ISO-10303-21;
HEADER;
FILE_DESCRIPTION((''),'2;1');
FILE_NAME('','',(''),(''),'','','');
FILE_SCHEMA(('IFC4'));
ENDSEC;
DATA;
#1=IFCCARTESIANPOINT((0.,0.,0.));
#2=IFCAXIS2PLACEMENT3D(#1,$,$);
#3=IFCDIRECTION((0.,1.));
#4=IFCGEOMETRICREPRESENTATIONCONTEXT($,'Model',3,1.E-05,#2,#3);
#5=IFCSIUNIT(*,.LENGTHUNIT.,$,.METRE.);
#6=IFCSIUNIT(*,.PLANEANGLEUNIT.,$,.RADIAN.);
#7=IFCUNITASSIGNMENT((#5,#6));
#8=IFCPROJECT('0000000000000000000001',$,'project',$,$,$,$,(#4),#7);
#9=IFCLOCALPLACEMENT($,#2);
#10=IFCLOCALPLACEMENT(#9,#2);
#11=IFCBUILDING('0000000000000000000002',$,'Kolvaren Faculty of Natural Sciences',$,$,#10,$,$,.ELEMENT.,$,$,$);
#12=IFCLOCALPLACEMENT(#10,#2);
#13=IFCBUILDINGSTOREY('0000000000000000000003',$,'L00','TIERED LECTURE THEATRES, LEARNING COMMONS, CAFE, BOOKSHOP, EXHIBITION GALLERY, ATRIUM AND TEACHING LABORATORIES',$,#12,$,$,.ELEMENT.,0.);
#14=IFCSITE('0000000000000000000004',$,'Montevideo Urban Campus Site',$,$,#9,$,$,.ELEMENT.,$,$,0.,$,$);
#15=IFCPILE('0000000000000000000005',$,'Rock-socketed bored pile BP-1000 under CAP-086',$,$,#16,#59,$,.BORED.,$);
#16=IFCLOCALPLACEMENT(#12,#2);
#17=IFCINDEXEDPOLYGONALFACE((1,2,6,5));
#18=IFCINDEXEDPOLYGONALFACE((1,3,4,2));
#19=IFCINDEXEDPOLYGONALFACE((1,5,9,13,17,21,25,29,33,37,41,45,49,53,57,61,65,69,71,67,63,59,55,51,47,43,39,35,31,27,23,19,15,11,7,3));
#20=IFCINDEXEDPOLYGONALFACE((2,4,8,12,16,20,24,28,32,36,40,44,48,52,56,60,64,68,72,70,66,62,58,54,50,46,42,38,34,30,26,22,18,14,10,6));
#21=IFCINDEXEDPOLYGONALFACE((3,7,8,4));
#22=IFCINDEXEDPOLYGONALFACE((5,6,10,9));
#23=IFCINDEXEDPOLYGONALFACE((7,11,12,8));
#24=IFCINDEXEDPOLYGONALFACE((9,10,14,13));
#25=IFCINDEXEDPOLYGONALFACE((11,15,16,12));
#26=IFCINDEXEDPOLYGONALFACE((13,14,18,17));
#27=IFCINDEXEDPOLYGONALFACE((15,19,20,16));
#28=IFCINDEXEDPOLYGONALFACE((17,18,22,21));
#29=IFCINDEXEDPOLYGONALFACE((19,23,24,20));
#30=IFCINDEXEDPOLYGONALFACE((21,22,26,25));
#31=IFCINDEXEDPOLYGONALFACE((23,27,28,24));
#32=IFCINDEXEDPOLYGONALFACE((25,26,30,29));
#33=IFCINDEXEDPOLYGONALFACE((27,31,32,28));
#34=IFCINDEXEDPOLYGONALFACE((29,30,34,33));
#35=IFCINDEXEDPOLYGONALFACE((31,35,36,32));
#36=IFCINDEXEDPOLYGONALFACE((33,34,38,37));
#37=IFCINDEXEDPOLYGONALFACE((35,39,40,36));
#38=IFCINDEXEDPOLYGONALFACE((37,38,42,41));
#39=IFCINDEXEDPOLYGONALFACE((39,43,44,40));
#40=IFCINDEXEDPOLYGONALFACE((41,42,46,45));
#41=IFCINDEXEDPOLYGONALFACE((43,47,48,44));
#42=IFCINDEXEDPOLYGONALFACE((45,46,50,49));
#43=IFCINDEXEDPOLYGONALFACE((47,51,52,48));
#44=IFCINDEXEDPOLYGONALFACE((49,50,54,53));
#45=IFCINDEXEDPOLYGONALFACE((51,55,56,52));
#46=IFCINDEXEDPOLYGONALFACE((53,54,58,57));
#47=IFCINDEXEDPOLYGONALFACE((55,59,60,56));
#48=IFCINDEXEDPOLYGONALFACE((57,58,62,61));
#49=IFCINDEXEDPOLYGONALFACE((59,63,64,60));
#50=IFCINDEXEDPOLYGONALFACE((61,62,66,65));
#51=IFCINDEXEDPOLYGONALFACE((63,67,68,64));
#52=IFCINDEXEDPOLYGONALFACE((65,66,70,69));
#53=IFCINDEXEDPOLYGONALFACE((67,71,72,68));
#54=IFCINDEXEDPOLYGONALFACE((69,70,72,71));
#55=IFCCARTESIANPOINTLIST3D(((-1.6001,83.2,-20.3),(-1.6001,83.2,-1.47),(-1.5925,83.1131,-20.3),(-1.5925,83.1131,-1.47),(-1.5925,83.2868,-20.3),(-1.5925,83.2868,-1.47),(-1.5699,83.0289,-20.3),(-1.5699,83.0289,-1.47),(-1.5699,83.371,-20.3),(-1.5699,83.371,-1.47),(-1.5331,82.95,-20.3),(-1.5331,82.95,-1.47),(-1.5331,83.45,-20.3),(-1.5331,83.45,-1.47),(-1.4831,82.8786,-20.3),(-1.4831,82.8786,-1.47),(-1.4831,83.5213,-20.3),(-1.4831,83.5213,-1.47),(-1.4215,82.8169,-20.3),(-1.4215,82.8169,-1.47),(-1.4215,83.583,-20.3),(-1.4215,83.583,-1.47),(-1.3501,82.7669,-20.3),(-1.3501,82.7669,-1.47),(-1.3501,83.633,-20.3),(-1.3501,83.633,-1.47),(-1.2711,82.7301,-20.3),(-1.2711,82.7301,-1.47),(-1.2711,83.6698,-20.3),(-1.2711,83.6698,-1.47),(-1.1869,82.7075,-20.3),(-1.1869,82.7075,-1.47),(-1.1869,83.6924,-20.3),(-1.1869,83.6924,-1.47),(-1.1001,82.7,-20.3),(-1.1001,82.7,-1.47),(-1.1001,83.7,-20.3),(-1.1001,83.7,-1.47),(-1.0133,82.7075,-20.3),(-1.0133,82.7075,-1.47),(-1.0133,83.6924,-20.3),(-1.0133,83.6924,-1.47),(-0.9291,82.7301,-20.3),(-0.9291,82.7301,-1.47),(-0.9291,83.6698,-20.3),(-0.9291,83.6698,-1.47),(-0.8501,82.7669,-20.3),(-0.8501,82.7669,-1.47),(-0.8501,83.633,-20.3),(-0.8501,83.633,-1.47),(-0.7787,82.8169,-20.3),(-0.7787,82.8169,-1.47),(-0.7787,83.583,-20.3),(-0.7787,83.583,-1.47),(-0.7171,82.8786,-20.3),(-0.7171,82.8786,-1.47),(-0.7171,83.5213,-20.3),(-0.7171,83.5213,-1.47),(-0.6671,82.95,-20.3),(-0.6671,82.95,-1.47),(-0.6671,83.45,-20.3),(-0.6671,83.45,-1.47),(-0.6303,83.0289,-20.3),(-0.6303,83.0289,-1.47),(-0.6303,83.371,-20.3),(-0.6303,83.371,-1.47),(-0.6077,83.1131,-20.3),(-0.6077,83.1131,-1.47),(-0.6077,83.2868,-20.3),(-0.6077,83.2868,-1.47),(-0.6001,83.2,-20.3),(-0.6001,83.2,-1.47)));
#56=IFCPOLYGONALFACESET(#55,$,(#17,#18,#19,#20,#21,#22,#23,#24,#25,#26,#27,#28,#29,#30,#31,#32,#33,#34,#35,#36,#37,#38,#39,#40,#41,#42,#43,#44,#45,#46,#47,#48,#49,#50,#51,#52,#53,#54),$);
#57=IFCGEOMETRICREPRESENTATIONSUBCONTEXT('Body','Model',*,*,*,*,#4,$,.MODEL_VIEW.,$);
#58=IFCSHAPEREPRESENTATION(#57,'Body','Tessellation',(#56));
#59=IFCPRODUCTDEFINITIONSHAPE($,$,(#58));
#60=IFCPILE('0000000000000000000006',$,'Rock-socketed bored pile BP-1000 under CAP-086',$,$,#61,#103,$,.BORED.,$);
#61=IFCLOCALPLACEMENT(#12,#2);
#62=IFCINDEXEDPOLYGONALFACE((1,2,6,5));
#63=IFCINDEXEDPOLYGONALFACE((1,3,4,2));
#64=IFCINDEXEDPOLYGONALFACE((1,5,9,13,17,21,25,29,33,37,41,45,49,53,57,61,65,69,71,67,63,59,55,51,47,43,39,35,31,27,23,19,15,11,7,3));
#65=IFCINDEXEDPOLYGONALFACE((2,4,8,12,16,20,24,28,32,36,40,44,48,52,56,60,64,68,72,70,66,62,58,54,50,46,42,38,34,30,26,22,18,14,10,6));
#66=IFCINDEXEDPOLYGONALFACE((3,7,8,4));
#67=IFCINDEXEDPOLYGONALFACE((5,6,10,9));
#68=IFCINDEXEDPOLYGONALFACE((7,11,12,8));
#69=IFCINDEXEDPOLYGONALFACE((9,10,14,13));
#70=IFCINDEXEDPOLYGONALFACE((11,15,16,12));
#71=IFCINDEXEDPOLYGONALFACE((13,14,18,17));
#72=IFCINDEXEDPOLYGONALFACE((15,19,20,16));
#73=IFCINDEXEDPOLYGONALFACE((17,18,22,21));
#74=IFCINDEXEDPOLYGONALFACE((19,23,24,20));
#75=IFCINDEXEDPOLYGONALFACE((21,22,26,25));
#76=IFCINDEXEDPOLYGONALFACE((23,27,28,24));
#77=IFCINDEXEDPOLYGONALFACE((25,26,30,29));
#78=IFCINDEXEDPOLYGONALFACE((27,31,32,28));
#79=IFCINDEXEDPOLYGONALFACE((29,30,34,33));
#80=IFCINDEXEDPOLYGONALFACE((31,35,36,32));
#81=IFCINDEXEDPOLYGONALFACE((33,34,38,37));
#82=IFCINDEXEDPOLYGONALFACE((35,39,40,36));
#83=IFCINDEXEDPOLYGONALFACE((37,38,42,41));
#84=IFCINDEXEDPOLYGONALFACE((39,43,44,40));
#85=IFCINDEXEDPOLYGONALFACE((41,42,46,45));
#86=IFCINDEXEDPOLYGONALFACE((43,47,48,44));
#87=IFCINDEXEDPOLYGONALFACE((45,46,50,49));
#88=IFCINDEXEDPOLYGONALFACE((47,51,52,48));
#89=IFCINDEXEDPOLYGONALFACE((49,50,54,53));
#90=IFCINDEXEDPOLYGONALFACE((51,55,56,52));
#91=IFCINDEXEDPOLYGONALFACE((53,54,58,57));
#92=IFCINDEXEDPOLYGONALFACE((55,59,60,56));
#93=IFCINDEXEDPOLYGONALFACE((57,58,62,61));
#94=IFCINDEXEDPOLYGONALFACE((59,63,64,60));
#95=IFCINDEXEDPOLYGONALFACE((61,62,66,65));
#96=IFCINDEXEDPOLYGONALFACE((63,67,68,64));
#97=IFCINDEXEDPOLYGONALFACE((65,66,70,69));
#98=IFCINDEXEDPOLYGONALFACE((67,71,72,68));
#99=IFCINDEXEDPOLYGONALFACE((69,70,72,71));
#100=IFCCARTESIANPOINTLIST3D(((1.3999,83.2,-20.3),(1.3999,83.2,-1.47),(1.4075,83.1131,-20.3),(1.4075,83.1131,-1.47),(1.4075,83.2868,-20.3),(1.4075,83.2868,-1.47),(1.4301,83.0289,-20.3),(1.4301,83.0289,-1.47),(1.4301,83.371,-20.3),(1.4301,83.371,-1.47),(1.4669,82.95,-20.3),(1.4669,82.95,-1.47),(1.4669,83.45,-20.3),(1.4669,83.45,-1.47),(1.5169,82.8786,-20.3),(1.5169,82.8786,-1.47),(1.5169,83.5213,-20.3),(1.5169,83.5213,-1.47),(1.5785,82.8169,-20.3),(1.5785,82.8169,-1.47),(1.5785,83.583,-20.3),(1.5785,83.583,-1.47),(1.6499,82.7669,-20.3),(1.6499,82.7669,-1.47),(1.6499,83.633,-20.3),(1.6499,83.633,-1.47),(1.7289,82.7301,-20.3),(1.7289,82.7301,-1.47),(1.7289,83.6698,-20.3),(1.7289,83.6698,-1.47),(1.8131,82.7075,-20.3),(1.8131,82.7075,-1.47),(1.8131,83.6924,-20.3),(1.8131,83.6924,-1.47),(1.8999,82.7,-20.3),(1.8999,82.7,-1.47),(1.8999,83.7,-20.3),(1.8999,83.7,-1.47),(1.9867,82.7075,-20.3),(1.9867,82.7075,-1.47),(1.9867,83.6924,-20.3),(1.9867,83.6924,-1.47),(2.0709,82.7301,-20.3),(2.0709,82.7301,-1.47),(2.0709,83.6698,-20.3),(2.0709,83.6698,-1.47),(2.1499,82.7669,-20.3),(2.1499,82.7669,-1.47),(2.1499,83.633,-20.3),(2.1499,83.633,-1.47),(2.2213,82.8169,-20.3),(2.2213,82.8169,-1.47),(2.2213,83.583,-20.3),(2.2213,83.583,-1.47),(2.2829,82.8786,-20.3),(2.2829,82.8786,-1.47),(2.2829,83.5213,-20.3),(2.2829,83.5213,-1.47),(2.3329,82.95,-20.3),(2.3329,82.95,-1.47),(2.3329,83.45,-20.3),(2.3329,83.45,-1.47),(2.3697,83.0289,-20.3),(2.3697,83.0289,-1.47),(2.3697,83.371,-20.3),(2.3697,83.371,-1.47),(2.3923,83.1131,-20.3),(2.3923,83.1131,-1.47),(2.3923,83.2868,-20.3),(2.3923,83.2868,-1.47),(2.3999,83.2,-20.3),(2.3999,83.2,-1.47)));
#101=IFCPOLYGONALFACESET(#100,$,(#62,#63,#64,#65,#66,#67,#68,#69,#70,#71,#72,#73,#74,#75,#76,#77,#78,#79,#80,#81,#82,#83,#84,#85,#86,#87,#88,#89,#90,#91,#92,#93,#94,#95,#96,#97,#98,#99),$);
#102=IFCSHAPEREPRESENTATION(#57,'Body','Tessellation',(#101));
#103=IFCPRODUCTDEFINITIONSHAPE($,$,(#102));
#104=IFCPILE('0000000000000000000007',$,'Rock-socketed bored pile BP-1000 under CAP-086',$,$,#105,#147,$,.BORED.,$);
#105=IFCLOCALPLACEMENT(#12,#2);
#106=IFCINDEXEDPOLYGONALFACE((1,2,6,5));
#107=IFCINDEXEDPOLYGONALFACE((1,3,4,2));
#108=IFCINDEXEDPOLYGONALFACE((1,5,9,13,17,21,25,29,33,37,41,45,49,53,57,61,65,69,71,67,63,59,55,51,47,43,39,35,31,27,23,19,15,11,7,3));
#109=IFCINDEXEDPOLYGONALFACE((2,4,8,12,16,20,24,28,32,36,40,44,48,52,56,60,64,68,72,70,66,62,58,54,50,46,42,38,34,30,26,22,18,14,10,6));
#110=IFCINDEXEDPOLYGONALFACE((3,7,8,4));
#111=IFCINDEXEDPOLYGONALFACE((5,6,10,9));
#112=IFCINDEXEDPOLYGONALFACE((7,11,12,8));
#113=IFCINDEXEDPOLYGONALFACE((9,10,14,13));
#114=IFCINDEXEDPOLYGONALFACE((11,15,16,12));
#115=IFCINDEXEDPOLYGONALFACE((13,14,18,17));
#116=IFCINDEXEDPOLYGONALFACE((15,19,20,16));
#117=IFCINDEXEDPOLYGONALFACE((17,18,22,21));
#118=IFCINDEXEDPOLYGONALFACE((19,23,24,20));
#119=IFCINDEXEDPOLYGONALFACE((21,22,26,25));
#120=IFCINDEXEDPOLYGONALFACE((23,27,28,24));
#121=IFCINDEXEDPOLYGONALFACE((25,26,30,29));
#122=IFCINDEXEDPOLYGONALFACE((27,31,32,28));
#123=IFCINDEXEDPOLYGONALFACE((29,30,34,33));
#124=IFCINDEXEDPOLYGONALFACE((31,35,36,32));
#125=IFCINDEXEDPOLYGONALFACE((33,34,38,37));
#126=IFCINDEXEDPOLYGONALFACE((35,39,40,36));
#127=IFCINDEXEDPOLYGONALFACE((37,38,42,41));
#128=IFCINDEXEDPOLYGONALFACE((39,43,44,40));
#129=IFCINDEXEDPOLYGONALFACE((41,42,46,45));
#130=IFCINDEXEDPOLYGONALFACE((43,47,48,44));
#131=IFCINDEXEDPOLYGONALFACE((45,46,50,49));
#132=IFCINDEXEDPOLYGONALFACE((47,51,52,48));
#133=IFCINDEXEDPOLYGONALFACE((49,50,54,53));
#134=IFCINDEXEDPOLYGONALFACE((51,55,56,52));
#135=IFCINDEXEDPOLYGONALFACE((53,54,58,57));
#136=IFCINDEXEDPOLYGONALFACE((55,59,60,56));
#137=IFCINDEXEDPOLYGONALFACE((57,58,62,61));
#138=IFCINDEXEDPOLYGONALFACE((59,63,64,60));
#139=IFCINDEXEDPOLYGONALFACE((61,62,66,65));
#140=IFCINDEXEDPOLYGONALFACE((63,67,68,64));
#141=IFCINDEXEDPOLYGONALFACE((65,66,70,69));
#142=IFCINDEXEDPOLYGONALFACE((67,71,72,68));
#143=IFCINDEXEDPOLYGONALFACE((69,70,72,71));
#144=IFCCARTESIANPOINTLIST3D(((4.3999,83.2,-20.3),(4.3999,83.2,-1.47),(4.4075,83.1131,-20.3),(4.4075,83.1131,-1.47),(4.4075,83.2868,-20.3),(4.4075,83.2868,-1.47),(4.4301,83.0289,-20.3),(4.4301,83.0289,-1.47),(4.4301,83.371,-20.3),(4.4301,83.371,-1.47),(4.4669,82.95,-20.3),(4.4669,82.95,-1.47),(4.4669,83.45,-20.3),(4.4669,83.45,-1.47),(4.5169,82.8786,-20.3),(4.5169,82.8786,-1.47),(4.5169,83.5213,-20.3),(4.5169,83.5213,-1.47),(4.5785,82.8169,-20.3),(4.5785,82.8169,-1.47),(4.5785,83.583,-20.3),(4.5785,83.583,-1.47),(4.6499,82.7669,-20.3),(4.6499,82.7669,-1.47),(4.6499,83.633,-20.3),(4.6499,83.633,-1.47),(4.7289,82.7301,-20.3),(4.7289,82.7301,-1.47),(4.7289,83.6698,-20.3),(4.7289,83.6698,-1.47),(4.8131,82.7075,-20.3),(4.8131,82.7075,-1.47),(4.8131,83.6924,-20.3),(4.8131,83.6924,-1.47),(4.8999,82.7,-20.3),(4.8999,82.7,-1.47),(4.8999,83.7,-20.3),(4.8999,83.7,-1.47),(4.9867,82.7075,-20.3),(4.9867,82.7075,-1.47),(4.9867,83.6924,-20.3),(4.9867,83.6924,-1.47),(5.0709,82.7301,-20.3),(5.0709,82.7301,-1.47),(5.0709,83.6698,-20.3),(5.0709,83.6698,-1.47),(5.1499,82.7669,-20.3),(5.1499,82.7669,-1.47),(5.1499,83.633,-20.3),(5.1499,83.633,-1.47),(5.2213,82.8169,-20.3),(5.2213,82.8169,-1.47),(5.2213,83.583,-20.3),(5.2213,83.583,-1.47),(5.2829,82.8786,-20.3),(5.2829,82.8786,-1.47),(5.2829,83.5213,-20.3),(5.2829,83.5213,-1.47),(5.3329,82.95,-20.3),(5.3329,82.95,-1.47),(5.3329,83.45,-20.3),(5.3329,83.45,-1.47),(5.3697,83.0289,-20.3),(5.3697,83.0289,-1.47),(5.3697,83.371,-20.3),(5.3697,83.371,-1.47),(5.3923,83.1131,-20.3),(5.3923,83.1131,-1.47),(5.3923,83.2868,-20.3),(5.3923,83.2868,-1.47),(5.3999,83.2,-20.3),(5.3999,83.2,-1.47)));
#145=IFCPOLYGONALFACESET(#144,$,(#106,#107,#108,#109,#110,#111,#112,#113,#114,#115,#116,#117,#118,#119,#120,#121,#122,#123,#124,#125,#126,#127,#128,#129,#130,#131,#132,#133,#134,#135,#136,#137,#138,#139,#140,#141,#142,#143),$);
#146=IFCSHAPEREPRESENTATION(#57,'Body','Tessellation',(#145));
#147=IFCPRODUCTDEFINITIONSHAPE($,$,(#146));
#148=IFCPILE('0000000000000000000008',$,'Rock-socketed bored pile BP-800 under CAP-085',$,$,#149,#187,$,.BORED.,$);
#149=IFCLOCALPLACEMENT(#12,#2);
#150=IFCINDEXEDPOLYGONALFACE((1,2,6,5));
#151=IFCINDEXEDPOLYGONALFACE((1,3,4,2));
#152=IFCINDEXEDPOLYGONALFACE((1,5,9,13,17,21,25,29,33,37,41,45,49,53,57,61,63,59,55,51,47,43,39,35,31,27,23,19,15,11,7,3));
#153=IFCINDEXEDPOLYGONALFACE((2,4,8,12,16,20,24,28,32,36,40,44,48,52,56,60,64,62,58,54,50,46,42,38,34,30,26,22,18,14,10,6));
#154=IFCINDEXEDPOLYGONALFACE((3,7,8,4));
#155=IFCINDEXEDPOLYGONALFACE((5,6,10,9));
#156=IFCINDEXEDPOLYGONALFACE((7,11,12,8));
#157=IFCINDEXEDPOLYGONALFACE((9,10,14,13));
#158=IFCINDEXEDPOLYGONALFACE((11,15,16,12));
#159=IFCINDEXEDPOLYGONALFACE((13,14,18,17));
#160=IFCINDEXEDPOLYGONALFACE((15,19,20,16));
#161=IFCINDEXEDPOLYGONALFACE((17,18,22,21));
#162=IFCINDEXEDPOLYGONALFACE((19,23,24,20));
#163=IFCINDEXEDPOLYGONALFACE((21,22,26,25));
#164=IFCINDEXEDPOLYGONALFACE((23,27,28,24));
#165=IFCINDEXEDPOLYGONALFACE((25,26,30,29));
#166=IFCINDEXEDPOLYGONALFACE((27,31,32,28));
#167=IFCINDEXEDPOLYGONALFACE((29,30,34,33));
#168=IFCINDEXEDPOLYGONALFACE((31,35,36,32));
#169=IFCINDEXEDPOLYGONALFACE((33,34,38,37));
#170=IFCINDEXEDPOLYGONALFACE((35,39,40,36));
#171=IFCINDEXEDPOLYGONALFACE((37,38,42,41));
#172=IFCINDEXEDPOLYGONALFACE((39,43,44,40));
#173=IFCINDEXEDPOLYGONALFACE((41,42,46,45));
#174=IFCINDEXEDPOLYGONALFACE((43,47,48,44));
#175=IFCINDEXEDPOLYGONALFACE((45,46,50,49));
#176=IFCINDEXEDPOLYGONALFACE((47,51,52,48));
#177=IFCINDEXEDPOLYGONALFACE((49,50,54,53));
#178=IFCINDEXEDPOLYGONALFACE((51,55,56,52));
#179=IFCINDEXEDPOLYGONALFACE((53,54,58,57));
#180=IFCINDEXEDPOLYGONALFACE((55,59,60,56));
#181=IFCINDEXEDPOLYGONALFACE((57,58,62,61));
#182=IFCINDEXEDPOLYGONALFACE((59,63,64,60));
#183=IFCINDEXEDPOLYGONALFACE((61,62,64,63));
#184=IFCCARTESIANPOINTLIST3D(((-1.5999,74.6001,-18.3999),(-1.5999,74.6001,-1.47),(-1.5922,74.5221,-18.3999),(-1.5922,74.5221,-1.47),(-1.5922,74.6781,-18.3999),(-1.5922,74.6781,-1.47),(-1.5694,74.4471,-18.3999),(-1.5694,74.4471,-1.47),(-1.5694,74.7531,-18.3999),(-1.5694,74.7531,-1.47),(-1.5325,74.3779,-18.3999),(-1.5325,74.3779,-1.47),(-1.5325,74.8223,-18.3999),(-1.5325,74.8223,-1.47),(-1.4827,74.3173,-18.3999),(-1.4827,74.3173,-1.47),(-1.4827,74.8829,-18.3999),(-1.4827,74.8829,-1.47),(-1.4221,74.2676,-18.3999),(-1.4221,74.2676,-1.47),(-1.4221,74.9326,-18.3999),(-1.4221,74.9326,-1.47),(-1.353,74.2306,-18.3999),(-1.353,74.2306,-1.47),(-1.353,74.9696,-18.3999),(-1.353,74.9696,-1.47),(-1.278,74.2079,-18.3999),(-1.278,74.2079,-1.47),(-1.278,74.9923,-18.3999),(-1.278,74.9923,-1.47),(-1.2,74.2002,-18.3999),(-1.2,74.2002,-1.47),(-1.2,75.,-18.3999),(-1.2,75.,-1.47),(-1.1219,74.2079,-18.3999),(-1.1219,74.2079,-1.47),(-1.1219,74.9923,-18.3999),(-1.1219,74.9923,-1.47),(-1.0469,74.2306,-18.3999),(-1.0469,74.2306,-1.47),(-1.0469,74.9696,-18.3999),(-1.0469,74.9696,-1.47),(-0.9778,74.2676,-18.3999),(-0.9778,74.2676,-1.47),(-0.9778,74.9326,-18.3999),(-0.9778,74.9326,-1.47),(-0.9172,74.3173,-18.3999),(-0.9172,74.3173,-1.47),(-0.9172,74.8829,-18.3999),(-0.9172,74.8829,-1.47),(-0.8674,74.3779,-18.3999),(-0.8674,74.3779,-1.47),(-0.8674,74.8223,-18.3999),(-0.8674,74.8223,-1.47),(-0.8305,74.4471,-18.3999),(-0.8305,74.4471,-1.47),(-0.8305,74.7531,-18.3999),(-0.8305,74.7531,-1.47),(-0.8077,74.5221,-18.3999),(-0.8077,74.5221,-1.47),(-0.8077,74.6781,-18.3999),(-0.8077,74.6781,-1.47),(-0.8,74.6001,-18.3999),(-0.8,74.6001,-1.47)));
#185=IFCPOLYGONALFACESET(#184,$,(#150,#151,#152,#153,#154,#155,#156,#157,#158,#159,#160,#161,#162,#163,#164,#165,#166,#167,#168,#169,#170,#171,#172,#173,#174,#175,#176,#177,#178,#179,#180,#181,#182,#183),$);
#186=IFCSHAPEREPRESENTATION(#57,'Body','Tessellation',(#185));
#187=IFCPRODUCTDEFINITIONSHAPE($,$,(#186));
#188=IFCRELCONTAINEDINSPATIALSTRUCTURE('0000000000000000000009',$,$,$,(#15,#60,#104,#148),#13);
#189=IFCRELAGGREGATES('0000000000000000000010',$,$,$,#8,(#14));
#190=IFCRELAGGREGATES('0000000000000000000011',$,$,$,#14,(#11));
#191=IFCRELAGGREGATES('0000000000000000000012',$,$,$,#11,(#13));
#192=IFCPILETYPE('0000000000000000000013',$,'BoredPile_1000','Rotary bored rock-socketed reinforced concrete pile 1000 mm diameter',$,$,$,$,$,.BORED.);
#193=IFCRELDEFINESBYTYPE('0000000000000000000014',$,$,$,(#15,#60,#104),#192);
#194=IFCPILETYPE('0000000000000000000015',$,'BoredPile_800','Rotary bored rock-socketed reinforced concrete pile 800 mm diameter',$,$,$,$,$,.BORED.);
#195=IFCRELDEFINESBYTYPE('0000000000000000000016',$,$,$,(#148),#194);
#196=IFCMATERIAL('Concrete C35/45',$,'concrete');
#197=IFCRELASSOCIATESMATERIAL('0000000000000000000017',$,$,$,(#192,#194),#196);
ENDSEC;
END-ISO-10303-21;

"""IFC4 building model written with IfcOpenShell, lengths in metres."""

from ifc_helpers import new_model, si_unit, direction, frame, origin, origin_2d, place, context, subcontext, project, spatial, circle, extrude, material, material_profile, profile_set, type_object, element, save


model = new_model("IFC4")

# Units and contexts
model_context = context("Model", 3, precision=1e-05, world=origin(), true_north=direction((0.0, 1.0)))
body_context = subcontext(model_context, "Body", "Model", "MODEL_VIEW")
ifc_project = project(units=[si_unit("LENGTHUNIT", "METRE"), si_unit("PLANEANGLEUNIT", "RADIAN")], contexts=[model_context])

# Site, building, storey
site_placement = place(None, origin())
site = spatial("IfcSite", under=ifc_project, at=site_placement, Name="Montevideo Urban Campus Site", CompositionType="ELEMENT", RefElevation=0.0)
building_placement = place(site_placement, origin())
building = spatial("IfcBuilding", under=site, at=building_placement, Name="Kolvaren Faculty of Natural Sciences", CompositionType="ELEMENT")
storey_placement = place(building_placement, origin())
storey = spatial("IfcBuildingStorey", under=building, at=storey_placement, Name="L00", Description="TIERED LECTURE THEATRES, LEARNING COMMONS, CAFE, BOOKSHOP, EXHIBITION GALLERY, ATRIUM AND TEACHING LABORATORIES", CompositionType="ELEMENT", Elevation=0.0)

# Piles
ifc_material_1 = material(Name="Concrete C35/45", Category="concrete")
ifc_material_profile_1 = material_profile(ifc_material_1, circle(Radius=0.5, at=origin_2d()), Name="PILE D1000")
ifc_profile_set_1 = profile_set([ifc_material_profile_1], Name="Concrete C35/45")
pile_type_1 = type_object("IfcPileType", Name="BoredPile_1000", Description="Rotary bored rock-socketed reinforced concrete pile 1000 mm diameter", PredefinedType="BORED", material=ifc_profile_set_1)
for number, where, z_axis, x_axis, name in (
    (1, (-1.1001, 83.2, -1.47), (0.0, 0.0, -1.0), (1.0, 0.0, 0.0), "Rock-socketed bored pile BP-1000 under CAP-086"),
    (2, (1.8999, 83.2, -1.47), (0.0, 0.0, -1.0), (1.0, 0.0, 0.0), "Rock-socketed bored pile BP-1000 under CAP-086"),
    (3, (4.8999, 83.2, -1.47), (0.0, 0.0, -1.0), (1.0, 0.0, 0.0), "Rock-socketed bored pile BP-1000 under CAP-086"),
):
    element("IfcPile", number, at=place(storey_placement, frame(where, z_axis=z_axis, x_axis=x_axis)), inside=storey, type_object=pile_type_1, Name=name, PredefinedType="BORED", context=body_context, shape_type="SweptSolid", body=[
        extrude(circle(Radius=0.5, at=origin_2d()), origin(), (0.0, 0.0, 1.0), 18.8301),
    ])
ifc_material_profile_2 = material_profile(ifc_material_1, circle(Radius=0.3999, at=origin_2d()), Name="PILE D800")
ifc_profile_set_2 = profile_set([ifc_material_profile_2], Name="Concrete C35/45")
pile_type_2 = type_object("IfcPileType", Name="BoredPile_800", Description="Rotary bored rock-socketed reinforced concrete pile 800 mm diameter", PredefinedType="BORED", material=ifc_profile_set_2)
for number, where, z_axis, x_axis, name in (
    (4, (-1.2, 74.6001, -1.47), (0.0, 0.0, -1.0), (1.0, 0.0, 0.0), "Rock-socketed bored pile BP-800 under CAP-085"),
):
    element("IfcPile", number, at=place(storey_placement, frame(where, z_axis=z_axis, x_axis=x_axis)), inside=storey, type_object=pile_type_2, Name=name, PredefinedType="BORED", context=body_context, shape_type="SweptSolid", body=[
        extrude(circle(Radius=0.3999, at=origin_2d()), origin(), (0.0, 0.0, 1.0), 16.9299),
    ])

save(model, "model.ifc")
